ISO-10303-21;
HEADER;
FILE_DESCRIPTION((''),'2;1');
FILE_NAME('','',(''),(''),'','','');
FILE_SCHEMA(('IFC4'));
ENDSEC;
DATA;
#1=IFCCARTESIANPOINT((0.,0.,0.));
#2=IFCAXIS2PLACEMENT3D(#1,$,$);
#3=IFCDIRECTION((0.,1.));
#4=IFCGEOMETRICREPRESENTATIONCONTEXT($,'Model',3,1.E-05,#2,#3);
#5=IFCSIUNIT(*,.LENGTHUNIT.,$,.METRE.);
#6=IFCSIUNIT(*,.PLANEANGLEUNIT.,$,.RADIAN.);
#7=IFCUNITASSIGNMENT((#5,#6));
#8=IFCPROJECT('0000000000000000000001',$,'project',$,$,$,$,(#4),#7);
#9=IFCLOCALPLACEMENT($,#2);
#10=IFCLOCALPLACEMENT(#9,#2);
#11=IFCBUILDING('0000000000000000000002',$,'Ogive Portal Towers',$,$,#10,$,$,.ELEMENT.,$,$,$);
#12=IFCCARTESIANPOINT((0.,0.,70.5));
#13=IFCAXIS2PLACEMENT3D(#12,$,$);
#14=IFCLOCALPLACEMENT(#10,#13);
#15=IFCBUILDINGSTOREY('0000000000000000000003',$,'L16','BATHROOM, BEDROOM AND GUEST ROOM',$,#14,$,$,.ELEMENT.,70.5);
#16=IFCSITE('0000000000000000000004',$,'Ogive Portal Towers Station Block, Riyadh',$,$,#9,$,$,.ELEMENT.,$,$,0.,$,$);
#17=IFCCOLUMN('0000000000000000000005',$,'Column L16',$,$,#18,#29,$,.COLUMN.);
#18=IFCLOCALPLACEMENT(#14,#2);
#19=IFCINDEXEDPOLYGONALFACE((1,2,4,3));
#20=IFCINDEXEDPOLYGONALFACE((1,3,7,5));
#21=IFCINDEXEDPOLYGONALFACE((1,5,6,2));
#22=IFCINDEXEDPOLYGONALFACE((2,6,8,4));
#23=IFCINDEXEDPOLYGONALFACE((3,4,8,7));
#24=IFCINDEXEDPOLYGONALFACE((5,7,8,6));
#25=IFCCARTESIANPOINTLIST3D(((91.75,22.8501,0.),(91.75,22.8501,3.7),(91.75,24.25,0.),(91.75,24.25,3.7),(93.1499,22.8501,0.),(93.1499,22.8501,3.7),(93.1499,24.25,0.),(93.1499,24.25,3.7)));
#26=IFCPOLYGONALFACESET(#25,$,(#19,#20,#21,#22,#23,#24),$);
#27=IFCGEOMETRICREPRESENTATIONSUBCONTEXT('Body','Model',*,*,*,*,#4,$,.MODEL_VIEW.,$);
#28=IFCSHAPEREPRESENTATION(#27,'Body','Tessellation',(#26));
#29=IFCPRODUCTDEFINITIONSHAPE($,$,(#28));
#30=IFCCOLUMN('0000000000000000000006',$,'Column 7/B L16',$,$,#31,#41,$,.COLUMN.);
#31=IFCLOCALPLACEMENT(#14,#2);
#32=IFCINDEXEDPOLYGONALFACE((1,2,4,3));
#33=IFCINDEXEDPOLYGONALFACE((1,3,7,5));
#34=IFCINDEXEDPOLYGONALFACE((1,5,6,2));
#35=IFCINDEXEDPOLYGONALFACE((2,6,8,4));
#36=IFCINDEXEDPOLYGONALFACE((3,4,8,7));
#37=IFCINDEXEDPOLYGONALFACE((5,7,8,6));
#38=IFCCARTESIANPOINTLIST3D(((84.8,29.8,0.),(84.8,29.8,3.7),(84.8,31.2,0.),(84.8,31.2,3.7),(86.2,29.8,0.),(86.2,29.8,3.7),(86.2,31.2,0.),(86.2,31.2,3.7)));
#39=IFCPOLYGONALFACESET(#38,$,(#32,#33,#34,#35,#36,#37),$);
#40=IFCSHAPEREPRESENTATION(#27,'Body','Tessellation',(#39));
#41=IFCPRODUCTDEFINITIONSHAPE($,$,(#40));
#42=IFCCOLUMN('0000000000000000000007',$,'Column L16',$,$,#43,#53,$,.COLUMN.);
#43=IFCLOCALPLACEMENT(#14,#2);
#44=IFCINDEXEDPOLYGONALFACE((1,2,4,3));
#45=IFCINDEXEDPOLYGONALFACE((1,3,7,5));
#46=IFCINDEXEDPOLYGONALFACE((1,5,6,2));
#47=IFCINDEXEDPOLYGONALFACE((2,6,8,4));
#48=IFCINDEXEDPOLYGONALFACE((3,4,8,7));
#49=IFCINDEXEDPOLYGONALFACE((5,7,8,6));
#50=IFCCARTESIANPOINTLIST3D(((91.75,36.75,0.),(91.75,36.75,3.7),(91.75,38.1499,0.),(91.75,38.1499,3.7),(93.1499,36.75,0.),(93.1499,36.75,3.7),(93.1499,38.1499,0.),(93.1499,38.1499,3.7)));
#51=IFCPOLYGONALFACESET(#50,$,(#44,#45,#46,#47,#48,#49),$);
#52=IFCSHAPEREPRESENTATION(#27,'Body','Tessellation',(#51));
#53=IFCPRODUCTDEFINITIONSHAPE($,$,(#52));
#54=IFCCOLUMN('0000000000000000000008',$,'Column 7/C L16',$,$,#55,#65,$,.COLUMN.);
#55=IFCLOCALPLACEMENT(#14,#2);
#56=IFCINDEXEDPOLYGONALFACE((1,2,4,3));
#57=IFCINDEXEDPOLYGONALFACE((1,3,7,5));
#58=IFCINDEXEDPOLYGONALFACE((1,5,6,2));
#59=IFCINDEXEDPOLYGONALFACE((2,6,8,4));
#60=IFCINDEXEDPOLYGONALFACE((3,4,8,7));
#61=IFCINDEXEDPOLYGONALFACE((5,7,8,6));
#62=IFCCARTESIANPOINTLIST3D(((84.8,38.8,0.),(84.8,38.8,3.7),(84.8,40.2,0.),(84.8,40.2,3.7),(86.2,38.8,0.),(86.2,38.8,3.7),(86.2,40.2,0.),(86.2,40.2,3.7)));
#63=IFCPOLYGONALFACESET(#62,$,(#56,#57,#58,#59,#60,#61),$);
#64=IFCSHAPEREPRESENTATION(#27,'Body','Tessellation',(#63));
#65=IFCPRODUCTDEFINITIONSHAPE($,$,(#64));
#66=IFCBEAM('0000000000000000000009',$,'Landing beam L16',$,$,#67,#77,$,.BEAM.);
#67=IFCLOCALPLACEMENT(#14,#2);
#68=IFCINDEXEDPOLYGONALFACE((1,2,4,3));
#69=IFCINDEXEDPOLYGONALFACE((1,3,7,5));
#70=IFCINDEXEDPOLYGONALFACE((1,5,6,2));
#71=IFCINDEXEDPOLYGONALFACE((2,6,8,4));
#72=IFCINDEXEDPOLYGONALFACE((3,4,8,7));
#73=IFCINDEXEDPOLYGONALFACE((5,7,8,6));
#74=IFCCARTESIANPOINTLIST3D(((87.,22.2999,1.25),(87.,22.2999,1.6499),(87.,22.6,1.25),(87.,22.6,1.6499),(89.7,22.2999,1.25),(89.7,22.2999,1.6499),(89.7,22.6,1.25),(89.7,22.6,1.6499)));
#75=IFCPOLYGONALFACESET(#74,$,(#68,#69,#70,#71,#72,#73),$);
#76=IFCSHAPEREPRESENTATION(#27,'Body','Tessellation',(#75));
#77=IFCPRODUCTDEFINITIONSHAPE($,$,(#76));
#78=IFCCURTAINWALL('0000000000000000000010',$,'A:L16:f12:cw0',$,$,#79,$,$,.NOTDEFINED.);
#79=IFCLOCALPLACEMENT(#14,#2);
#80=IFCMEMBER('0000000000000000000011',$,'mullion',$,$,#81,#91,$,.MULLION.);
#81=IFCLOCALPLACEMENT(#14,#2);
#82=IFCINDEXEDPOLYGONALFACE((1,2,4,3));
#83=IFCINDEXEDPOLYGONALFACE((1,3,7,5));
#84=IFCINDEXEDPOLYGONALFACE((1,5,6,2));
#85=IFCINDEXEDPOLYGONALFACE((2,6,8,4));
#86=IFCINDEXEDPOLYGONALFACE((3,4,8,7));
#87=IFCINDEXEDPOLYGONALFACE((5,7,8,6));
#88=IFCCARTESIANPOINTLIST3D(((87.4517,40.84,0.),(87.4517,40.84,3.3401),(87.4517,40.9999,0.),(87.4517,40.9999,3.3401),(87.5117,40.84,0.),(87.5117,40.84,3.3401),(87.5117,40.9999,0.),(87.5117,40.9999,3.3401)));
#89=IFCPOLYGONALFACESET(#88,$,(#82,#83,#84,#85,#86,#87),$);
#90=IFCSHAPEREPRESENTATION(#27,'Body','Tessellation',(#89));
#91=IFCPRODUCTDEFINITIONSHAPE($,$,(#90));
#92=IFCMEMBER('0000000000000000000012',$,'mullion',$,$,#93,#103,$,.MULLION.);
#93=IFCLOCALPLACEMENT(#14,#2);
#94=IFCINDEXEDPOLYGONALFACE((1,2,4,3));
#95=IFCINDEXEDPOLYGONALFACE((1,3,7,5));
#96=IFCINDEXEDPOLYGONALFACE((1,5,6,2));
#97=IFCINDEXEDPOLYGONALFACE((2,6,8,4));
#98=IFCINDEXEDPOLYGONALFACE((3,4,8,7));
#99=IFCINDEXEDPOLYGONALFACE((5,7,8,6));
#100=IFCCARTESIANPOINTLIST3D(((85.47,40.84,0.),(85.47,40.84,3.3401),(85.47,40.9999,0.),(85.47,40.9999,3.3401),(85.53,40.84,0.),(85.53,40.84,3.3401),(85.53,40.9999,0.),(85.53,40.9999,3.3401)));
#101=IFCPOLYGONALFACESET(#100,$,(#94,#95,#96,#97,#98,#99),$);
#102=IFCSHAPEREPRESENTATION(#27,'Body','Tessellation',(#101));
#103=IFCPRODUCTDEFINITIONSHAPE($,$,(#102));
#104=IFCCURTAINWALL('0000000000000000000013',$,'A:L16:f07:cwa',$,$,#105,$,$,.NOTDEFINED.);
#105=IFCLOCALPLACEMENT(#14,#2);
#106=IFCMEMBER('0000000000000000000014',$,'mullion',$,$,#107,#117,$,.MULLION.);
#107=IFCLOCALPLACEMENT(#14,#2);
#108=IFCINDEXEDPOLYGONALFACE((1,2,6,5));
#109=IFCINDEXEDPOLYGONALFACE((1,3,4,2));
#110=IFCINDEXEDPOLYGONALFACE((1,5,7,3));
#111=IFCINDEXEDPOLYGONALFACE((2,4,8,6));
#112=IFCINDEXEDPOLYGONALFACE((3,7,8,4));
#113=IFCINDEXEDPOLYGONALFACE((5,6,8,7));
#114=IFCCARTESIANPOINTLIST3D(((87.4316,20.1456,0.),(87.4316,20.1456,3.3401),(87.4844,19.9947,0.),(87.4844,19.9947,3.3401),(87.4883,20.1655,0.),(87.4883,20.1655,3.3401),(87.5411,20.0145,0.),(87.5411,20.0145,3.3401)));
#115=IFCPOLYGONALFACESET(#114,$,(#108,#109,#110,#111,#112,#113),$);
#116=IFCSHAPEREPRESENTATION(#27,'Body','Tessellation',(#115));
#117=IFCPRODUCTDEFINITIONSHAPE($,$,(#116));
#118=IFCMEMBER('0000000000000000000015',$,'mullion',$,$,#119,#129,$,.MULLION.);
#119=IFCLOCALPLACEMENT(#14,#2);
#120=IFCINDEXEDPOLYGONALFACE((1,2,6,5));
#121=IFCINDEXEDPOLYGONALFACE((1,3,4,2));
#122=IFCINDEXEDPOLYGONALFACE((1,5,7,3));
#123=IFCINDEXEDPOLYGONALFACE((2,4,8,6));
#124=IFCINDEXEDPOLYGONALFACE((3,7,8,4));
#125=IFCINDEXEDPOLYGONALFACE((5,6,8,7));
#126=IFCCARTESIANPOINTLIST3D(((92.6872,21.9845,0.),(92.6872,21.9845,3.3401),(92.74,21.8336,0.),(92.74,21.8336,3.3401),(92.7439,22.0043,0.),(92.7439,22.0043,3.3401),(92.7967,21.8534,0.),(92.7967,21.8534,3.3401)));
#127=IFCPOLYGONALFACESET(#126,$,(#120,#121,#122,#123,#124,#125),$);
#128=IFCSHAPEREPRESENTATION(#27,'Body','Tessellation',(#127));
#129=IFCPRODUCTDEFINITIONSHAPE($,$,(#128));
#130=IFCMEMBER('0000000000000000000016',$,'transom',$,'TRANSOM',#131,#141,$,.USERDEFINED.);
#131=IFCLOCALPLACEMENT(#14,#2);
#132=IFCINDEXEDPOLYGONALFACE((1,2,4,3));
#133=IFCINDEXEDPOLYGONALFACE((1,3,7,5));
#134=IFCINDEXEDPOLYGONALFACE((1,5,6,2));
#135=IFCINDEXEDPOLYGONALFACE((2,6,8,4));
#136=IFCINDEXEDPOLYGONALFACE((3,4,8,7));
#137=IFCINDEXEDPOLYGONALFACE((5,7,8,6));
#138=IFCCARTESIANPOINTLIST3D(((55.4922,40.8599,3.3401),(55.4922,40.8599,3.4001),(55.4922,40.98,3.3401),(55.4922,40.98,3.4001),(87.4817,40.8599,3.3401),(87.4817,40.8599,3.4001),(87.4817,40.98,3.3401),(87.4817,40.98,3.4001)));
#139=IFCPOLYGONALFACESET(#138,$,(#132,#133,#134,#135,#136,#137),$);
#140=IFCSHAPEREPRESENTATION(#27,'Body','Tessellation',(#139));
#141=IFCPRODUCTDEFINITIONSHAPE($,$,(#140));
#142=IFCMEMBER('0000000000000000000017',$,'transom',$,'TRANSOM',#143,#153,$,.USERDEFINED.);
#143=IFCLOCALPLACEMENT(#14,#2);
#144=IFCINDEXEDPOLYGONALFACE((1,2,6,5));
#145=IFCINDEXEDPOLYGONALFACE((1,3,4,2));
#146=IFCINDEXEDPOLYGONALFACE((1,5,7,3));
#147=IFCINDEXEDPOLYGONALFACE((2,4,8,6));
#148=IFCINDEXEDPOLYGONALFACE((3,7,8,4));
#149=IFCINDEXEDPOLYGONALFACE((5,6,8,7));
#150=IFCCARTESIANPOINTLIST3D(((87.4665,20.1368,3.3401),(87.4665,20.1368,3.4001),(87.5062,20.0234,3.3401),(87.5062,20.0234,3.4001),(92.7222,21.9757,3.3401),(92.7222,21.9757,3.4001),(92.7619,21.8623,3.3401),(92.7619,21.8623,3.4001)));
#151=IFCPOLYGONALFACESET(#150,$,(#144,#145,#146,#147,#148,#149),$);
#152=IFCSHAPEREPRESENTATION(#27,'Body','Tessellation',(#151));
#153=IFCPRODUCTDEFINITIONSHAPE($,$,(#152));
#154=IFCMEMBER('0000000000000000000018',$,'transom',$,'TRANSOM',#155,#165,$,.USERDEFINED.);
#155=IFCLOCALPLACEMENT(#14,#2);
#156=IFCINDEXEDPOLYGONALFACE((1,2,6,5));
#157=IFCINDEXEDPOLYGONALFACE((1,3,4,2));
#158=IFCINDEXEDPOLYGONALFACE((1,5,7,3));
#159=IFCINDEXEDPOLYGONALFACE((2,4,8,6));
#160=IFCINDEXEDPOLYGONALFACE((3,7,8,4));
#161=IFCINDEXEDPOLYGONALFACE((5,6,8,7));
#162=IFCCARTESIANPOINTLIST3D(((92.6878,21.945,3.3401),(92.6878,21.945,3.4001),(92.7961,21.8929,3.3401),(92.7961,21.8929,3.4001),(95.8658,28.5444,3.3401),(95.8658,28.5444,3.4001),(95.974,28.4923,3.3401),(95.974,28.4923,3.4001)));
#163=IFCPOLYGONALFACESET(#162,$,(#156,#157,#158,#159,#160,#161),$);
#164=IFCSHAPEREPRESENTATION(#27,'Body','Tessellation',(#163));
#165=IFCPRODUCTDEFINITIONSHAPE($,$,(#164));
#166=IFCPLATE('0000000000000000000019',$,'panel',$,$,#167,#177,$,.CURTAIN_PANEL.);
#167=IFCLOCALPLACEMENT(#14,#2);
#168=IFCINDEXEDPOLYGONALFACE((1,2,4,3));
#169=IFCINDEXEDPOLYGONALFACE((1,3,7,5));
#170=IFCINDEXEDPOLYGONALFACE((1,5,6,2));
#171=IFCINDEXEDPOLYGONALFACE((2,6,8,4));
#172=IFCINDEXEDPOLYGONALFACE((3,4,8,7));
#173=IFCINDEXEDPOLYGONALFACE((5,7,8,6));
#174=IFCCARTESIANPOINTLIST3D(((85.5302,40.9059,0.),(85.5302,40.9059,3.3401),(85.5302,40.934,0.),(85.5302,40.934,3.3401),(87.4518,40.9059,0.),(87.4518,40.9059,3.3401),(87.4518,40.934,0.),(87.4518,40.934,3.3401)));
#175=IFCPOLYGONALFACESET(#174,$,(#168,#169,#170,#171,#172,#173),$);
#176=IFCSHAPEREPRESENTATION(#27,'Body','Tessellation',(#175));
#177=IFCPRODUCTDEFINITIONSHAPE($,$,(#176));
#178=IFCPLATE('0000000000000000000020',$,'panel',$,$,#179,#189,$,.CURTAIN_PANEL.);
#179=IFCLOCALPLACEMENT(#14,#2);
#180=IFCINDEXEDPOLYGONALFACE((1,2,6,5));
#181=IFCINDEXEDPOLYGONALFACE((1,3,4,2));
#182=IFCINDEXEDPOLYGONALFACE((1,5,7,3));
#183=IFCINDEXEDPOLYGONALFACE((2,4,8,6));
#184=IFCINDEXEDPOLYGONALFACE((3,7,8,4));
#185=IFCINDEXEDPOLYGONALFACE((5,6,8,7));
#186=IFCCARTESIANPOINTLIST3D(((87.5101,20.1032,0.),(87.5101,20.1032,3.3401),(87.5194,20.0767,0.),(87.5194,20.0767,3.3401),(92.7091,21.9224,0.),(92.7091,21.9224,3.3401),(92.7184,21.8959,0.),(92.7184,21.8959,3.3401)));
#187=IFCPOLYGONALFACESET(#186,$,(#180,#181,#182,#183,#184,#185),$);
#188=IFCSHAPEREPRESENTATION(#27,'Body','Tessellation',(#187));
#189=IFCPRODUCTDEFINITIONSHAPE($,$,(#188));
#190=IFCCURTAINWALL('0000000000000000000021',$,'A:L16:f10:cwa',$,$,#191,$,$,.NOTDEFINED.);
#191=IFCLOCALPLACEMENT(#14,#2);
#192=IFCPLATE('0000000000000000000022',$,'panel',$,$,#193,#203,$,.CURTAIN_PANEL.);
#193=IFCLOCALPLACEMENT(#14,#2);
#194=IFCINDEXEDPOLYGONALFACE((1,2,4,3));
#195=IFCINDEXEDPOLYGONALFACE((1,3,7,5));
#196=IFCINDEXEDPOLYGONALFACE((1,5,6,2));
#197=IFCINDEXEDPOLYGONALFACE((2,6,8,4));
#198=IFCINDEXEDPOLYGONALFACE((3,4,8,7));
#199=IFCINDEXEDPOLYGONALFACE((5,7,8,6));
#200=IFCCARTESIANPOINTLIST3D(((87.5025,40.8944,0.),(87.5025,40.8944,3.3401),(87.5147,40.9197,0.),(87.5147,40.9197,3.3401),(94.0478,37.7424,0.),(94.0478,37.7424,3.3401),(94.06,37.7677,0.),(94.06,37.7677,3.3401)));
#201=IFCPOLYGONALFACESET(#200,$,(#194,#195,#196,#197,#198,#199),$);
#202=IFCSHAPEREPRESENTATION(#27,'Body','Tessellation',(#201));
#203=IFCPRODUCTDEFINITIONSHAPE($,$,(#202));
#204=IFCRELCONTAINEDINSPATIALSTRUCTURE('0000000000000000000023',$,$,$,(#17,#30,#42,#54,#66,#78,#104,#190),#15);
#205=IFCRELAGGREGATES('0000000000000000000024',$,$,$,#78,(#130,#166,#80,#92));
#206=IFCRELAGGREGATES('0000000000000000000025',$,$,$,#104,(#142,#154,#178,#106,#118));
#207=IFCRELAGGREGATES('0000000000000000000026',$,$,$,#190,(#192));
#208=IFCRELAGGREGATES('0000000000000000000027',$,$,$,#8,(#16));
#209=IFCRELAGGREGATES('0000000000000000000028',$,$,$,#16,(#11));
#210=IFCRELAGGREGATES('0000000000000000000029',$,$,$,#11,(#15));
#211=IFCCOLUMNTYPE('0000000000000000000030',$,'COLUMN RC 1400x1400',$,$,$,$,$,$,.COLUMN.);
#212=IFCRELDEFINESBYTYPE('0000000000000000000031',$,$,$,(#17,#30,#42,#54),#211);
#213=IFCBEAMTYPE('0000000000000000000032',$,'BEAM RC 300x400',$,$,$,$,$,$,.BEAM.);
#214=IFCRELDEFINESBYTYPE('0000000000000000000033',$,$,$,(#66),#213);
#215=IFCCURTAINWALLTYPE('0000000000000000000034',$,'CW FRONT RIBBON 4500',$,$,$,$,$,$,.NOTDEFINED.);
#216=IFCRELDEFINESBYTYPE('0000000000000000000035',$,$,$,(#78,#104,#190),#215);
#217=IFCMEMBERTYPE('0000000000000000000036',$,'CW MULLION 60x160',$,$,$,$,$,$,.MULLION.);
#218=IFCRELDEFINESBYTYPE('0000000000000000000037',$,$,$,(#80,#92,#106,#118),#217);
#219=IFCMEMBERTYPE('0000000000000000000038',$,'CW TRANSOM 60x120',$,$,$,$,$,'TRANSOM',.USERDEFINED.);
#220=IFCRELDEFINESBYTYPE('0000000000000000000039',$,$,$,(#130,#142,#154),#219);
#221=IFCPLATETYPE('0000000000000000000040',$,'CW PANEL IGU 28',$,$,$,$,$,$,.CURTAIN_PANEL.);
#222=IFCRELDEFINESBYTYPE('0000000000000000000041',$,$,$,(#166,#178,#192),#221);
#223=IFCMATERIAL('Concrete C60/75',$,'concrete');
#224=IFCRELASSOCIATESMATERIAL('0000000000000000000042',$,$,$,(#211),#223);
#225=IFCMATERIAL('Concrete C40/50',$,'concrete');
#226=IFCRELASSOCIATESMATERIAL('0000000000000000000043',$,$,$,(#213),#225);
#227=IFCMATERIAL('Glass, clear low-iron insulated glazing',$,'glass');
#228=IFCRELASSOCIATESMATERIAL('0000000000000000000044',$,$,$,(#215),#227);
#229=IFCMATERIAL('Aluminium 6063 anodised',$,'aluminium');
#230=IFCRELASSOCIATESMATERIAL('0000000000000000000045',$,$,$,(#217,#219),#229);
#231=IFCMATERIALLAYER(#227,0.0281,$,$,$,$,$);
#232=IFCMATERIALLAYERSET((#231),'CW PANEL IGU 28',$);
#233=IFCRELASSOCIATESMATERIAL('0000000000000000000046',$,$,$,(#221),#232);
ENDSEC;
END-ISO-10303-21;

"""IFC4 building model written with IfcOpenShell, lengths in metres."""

from ifc_helpers import new_model, si_unit, direction, frame, origin, origin_2d, place, context, subcontext, project, spatial, rectangle, extrude, material, layer, layer_set, material_profile, profile_set, type_object, element, aggregate, save


model = new_model("IFC4")

# Units and contexts
model_context = context("Model", 3, precision=1e-05, world=origin(), true_north=direction((0.0, 1.0)))
body_context = subcontext(model_context, "Body", "Model", "MODEL_VIEW")
ifc_project = project(units=[si_unit("LENGTHUNIT", "METRE"), si_unit("PLANEANGLEUNIT", "RADIAN")], contexts=[model_context])

# Site, building, storey
site_placement = place(None, origin())
site = spatial("IfcSite", under=ifc_project, at=site_placement, Name="Ogive Portal Towers Station Block, Riyadh", CompositionType="ELEMENT", RefElevation=0.0)
building_placement = place(site_placement, origin())
building = spatial("IfcBuilding", under=site, at=building_placement, Name="Ogive Portal Towers", CompositionType="ELEMENT")
storey_placement = place(building_placement, frame((0.0, 0.0, 70.5)))
storey = spatial("IfcBuildingStorey", under=building, at=storey_placement, Name="L16", Description="BATHROOM, BEDROOM AND GUEST ROOM", CompositionType="ELEMENT", Elevation=70.5)

# Columns
ifc_material_1 = material(Name="Concrete C60/75", Category="concrete")
ifc_material_profile_1 = material_profile(ifc_material_1, rectangle(XDim=1.3999, YDim=1.3999, at=origin_2d()), Name="RC 1400x1400")
ifc_profile_set_1 = profile_set([ifc_material_profile_1], Name="Concrete C60/75")
column_type = type_object("IfcColumnType", Name="COLUMN RC 1400x1400", PredefinedType="COLUMN", material=ifc_profile_set_1)
for number, where, z_axis, x_axis, name in (
    (1, (92.45, 23.55, 0.0), (0.0, 0.0, 1.0), (1.0, 0.0, 0.0), "Column L16"),
    (2, (85.5, 30.5, 0.0), (0.0, 0.0, 1.0), (1.0, 0.0, 0.0), "Column 7/B L16"),
    (3, (92.45, 37.45, 0.0), (0.0, 0.0, 1.0), (1.0, 0.0, 0.0), "Column L16"),
    (4, (85.5, 39.5, 0.0), (0.0, 0.0, 1.0), (1.0, 0.0, 0.0), "Column 7/C L16"),
):
    element("IfcColumn", number, at=place(storey_placement, frame(where, z_axis=z_axis, x_axis=x_axis)), inside=storey, type_object=column_type, Name=name, PredefinedType="COLUMN", context=body_context, shape_type="SweptSolid", body=[
        extrude(rectangle(XDim=1.3999, YDim=1.3999, at=origin_2d()), origin(), (0.0, 0.0, 1.0), 3.7),
    ])

# Beam
ifc_material_2 = material(Name="Concrete C40/50", Category="concrete")
ifc_material_profile_2 = material_profile(ifc_material_2, rectangle(XDim=0.3, YDim=0.3999, at=origin_2d()), Name="RC 300x400")
ifc_profile_set_2 = profile_set([ifc_material_profile_2], Name="Concrete C40/50")
beam_type = type_object("IfcBeamType", Name="BEAM RC 300x400", PredefinedType="BEAM", material=ifc_profile_set_2)
beam_placement = place(storey_placement, frame((87.0, 22.45, 1.45), z_axis=(1.0, 0.0, 0.0), x_axis=(0.0, 1.0, 0.0)))
element("IfcBeam", 5, at=beam_placement, inside=storey, type_object=beam_type, Name="Landing beam L16", PredefinedType="BEAM", context=body_context, shape_type="SweptSolid", body=[
    extrude(rectangle(XDim=0.3, YDim=0.3999, at=origin_2d()), origin(), (0.0, 0.0, 1.0), 2.7),
])

# Curtain walls, members
ifc_material_3 = material(Name="Glass, clear low-iron insulated glazing", Category="glass")
curtain_wall_type = type_object("IfcCurtainWallType", Name="CW FRONT RIBBON 4500", PredefinedType="NOTDEFINED", material=ifc_material_3)
curtain_wall_1_placement = place(storey_placement, origin())
curtain_wall_1 = element("IfcCurtainWall", 6, at=curtain_wall_1_placement, inside=storey, type_object=curtain_wall_type, Name="A:L16:f12:cw0", PredefinedType="NOTDEFINED")
ifc_material_4 = material(Name="Aluminium 6063 anodised", Category="aluminium")
ifc_material_profile_3 = material_profile(ifc_material_4, rectangle(XDim=0.1599, YDim=0.0601, at=origin_2d()), Name="AL 60x160")
ifc_profile_set_3 = profile_set([ifc_material_profile_3], Name="Aluminium 6063 anodised")
member_type_1 = type_object("IfcMemberType", Name="CW MULLION 60x160", PredefinedType="MULLION", material=ifc_profile_set_3)
member_1_placement = place(storey_placement, frame((87.4817, 40.9199, 0.0), z_axis=(0.0, 0.0, 1.0), x_axis=(0.0, -1.0, 0.0)))
member_1 = element("IfcMember", 7, at=member_1_placement, type_object=member_type_1, Name="mullion", PredefinedType="MULLION", context=body_context, shape_type="SweptSolid", body=[
    extrude(rectangle(XDim=0.1599, YDim=0.0601, at=origin_2d()), origin(), (0.0, 0.0, 1.0), 3.3401),
])
member_2_placement = place(storey_placement, frame((85.5, 40.9199, 0.0), z_axis=(0.0, 0.0, 1.0), x_axis=(0.0, -1.0, 0.0)))
member_2 = element("IfcMember", 8, at=member_2_placement, type_object=member_type_1, Name="mullion", PredefinedType="MULLION", context=body_context, shape_type="SweptSolid", body=[
    extrude(rectangle(XDim=0.1599, YDim=0.0601, at=origin_2d()), origin(), (0.0, 0.0, 1.0), 3.3401),
])
curtain_wall_2_placement = place(storey_placement, origin())
curtain_wall_2 = element("IfcCurtainWall", 9, at=curtain_wall_2_placement, inside=storey, type_object=curtain_wall_type, Name="A:L16:f07:cwa", PredefinedType="NOTDEFINED")
member_3_placement = place(storey_placement, frame((87.4863, 20.0801, 0.0), z_axis=(0.0, 0.0, 1.0), x_axis=(-0.330279, 0.943883, 0.0)))
member_3 = element("IfcMember", 10, at=member_3_placement, type_object=member_type_1, Name="mullion", PredefinedType="MULLION", context=body_context, shape_type="SweptSolid", body=[
    extrude(rectangle(XDim=0.1599, YDim=0.0601, at=origin_2d()), origin(), (0.0, 0.0, 1.0), 3.3401),
])
member_4_placement = place(storey_placement, frame((92.7419, 21.9189, 0.0), z_axis=(0.0, 0.0, 1.0), x_axis=(-0.330279, 0.943883, 0.0)))
member_4 = element("IfcMember", 11, at=member_4_placement, type_object=member_type_1, Name="mullion", PredefinedType="MULLION", context=body_context, shape_type="SweptSolid", body=[
    extrude(rectangle(XDim=0.1599, YDim=0.0601, at=origin_2d()), origin(), (0.0, 0.0, 1.0), 3.3401),
])

# Members
ifc_material_profile_4 = material_profile(ifc_material_4, rectangle(XDim=0.1201, YDim=0.0601, at=origin_2d()), Name="AL 120x60")
ifc_profile_set_4 = profile_set([ifc_material_profile_4], Name="Aluminium 6063 anodised")
member_type_2 = type_object("IfcMemberType", Name="CW TRANSOM 60x120", ElementType="TRANSOM", PredefinedType="USERDEFINED", material=ifc_profile_set_4)
member_5_placement = place(storey_placement, frame((87.4817, 40.9199, 3.3701), z_axis=(-1.0, 0.0, 0.0), x_axis=(0.0, -1.0, 0.0)))
member_5 = element("IfcMember", 12, at=member_5_placement, type_object=member_type_2, Name="transom", ObjectType="TRANSOM", PredefinedType="USERDEFINED", context=body_context, shape_type="SweptSolid", body=[
    extrude(rectangle(XDim=0.1201, YDim=0.0601, at=origin_2d()), origin(), (0.0, 0.0, 1.0), 31.9895),
])
member_6_placement = place(storey_placement, frame((87.4863, 20.0801, 3.3701), z_axis=(0.943892, 0.330255, 0.0), x_axis=(-0.330255, 0.943892, 0.0)))
member_6 = element("IfcMember", 13, at=member_6_placement, type_object=member_type_2, Name="transom", ObjectType="TRANSOM", PredefinedType="USERDEFINED", context=body_context, shape_type="SweptSolid", body=[
    extrude(rectangle(XDim=0.1201, YDim=0.0601, at=origin_2d()), origin(), (0.0, 0.0, 1.0), 5.5681),
])
member_7_placement = place(storey_placement, frame((92.7419, 21.9189, 3.3701), z_axis=(0.433872, 0.900975, 0.0), x_axis=(-0.900975, 0.433872, 0.0)))
member_7 = element("IfcMember", 14, at=member_7_placement, type_object=member_type_2, Name="transom", ObjectType="TRANSOM", PredefinedType="USERDEFINED", context=body_context, shape_type="SweptSolid", body=[
    extrude(rectangle(XDim=0.1201, YDim=0.0601, at=origin_2d()), origin(), (0.0, 0.0, 1.0), 7.3247),
])

# Plates
ifc_layer_1 = layer(ifc_material_3, 0.0281)
ifc_layer_set_1 = layer_set([ifc_layer_1], Name="CW PANEL IGU 28")
plate_type = type_object("IfcPlateType", Name="CW PANEL IGU 28", PredefinedType="CURTAIN_PANEL", material=ifc_layer_set_1)
plate_1_placement = place(storey_placement, frame((86.491, 40.9199, 0.0), z_axis=(0.0, 0.0, 1.0), x_axis=(-1.0, 0.0, 0.0)))
plate_1 = element("IfcPlate", 15, at=plate_1_placement, type_object=plate_type, Name="panel", PredefinedType="CURTAIN_PANEL", context=body_context, shape_type="SweptSolid", body=[
    extrude(rectangle(XDim=1.9216, YDim=0.0281, at=origin_2d()), origin(), (0.0, 0.0, 1.0), 3.3401),
])
aggregate(curtain_wall_1, [member_5, plate_1, member_1, member_2])
plate_2_placement = place(storey_placement, frame((90.1143, 20.9995, 0.0), z_axis=(0.0, 0.0, 1.0), x_axis=(0.943883, 0.330279, 0.0)))
plate_2 = element("IfcPlate", 16, at=plate_2_placement, type_object=plate_type, Name="panel", PredefinedType="CURTAIN_PANEL", context=body_context, shape_type="SweptSolid", body=[
    extrude(rectangle(XDim=5.5081, YDim=0.0281, at=origin_2d()), origin(), (0.0, 0.0, 1.0), 3.3401),
])
aggregate(curtain_wall_2, [member_6, member_7, plate_2, member_3, member_4])

# Curtain wall, plate
curtain_wall_3_placement = place(storey_placement, origin())
curtain_wall_3 = element("IfcCurtainWall", 17, at=curtain_wall_3_placement, inside=storey, type_object=curtain_wall_type, Name="A:L16:f10:cwa", PredefinedType="NOTDEFINED")
plate_3_placement = place(storey_placement, frame((90.7812, 39.3311, 0.0), z_axis=(0.0, 0.0, 1.0), x_axis=(-0.900969, 0.433884, 0.0)))
plate_3 = element("IfcPlate", 18, at=plate_3_placement, type_object=plate_type, Name="panel", PredefinedType="CURTAIN_PANEL", context=body_context, shape_type="SweptSolid", body=[
    extrude(rectangle(XDim=7.2646, YDim=0.0281, at=origin_2d()), origin(), (0.0, 0.0, 1.0), 3.3401),
])
aggregate(curtain_wall_3, [plate_3])

save(model, "model.ifc")
